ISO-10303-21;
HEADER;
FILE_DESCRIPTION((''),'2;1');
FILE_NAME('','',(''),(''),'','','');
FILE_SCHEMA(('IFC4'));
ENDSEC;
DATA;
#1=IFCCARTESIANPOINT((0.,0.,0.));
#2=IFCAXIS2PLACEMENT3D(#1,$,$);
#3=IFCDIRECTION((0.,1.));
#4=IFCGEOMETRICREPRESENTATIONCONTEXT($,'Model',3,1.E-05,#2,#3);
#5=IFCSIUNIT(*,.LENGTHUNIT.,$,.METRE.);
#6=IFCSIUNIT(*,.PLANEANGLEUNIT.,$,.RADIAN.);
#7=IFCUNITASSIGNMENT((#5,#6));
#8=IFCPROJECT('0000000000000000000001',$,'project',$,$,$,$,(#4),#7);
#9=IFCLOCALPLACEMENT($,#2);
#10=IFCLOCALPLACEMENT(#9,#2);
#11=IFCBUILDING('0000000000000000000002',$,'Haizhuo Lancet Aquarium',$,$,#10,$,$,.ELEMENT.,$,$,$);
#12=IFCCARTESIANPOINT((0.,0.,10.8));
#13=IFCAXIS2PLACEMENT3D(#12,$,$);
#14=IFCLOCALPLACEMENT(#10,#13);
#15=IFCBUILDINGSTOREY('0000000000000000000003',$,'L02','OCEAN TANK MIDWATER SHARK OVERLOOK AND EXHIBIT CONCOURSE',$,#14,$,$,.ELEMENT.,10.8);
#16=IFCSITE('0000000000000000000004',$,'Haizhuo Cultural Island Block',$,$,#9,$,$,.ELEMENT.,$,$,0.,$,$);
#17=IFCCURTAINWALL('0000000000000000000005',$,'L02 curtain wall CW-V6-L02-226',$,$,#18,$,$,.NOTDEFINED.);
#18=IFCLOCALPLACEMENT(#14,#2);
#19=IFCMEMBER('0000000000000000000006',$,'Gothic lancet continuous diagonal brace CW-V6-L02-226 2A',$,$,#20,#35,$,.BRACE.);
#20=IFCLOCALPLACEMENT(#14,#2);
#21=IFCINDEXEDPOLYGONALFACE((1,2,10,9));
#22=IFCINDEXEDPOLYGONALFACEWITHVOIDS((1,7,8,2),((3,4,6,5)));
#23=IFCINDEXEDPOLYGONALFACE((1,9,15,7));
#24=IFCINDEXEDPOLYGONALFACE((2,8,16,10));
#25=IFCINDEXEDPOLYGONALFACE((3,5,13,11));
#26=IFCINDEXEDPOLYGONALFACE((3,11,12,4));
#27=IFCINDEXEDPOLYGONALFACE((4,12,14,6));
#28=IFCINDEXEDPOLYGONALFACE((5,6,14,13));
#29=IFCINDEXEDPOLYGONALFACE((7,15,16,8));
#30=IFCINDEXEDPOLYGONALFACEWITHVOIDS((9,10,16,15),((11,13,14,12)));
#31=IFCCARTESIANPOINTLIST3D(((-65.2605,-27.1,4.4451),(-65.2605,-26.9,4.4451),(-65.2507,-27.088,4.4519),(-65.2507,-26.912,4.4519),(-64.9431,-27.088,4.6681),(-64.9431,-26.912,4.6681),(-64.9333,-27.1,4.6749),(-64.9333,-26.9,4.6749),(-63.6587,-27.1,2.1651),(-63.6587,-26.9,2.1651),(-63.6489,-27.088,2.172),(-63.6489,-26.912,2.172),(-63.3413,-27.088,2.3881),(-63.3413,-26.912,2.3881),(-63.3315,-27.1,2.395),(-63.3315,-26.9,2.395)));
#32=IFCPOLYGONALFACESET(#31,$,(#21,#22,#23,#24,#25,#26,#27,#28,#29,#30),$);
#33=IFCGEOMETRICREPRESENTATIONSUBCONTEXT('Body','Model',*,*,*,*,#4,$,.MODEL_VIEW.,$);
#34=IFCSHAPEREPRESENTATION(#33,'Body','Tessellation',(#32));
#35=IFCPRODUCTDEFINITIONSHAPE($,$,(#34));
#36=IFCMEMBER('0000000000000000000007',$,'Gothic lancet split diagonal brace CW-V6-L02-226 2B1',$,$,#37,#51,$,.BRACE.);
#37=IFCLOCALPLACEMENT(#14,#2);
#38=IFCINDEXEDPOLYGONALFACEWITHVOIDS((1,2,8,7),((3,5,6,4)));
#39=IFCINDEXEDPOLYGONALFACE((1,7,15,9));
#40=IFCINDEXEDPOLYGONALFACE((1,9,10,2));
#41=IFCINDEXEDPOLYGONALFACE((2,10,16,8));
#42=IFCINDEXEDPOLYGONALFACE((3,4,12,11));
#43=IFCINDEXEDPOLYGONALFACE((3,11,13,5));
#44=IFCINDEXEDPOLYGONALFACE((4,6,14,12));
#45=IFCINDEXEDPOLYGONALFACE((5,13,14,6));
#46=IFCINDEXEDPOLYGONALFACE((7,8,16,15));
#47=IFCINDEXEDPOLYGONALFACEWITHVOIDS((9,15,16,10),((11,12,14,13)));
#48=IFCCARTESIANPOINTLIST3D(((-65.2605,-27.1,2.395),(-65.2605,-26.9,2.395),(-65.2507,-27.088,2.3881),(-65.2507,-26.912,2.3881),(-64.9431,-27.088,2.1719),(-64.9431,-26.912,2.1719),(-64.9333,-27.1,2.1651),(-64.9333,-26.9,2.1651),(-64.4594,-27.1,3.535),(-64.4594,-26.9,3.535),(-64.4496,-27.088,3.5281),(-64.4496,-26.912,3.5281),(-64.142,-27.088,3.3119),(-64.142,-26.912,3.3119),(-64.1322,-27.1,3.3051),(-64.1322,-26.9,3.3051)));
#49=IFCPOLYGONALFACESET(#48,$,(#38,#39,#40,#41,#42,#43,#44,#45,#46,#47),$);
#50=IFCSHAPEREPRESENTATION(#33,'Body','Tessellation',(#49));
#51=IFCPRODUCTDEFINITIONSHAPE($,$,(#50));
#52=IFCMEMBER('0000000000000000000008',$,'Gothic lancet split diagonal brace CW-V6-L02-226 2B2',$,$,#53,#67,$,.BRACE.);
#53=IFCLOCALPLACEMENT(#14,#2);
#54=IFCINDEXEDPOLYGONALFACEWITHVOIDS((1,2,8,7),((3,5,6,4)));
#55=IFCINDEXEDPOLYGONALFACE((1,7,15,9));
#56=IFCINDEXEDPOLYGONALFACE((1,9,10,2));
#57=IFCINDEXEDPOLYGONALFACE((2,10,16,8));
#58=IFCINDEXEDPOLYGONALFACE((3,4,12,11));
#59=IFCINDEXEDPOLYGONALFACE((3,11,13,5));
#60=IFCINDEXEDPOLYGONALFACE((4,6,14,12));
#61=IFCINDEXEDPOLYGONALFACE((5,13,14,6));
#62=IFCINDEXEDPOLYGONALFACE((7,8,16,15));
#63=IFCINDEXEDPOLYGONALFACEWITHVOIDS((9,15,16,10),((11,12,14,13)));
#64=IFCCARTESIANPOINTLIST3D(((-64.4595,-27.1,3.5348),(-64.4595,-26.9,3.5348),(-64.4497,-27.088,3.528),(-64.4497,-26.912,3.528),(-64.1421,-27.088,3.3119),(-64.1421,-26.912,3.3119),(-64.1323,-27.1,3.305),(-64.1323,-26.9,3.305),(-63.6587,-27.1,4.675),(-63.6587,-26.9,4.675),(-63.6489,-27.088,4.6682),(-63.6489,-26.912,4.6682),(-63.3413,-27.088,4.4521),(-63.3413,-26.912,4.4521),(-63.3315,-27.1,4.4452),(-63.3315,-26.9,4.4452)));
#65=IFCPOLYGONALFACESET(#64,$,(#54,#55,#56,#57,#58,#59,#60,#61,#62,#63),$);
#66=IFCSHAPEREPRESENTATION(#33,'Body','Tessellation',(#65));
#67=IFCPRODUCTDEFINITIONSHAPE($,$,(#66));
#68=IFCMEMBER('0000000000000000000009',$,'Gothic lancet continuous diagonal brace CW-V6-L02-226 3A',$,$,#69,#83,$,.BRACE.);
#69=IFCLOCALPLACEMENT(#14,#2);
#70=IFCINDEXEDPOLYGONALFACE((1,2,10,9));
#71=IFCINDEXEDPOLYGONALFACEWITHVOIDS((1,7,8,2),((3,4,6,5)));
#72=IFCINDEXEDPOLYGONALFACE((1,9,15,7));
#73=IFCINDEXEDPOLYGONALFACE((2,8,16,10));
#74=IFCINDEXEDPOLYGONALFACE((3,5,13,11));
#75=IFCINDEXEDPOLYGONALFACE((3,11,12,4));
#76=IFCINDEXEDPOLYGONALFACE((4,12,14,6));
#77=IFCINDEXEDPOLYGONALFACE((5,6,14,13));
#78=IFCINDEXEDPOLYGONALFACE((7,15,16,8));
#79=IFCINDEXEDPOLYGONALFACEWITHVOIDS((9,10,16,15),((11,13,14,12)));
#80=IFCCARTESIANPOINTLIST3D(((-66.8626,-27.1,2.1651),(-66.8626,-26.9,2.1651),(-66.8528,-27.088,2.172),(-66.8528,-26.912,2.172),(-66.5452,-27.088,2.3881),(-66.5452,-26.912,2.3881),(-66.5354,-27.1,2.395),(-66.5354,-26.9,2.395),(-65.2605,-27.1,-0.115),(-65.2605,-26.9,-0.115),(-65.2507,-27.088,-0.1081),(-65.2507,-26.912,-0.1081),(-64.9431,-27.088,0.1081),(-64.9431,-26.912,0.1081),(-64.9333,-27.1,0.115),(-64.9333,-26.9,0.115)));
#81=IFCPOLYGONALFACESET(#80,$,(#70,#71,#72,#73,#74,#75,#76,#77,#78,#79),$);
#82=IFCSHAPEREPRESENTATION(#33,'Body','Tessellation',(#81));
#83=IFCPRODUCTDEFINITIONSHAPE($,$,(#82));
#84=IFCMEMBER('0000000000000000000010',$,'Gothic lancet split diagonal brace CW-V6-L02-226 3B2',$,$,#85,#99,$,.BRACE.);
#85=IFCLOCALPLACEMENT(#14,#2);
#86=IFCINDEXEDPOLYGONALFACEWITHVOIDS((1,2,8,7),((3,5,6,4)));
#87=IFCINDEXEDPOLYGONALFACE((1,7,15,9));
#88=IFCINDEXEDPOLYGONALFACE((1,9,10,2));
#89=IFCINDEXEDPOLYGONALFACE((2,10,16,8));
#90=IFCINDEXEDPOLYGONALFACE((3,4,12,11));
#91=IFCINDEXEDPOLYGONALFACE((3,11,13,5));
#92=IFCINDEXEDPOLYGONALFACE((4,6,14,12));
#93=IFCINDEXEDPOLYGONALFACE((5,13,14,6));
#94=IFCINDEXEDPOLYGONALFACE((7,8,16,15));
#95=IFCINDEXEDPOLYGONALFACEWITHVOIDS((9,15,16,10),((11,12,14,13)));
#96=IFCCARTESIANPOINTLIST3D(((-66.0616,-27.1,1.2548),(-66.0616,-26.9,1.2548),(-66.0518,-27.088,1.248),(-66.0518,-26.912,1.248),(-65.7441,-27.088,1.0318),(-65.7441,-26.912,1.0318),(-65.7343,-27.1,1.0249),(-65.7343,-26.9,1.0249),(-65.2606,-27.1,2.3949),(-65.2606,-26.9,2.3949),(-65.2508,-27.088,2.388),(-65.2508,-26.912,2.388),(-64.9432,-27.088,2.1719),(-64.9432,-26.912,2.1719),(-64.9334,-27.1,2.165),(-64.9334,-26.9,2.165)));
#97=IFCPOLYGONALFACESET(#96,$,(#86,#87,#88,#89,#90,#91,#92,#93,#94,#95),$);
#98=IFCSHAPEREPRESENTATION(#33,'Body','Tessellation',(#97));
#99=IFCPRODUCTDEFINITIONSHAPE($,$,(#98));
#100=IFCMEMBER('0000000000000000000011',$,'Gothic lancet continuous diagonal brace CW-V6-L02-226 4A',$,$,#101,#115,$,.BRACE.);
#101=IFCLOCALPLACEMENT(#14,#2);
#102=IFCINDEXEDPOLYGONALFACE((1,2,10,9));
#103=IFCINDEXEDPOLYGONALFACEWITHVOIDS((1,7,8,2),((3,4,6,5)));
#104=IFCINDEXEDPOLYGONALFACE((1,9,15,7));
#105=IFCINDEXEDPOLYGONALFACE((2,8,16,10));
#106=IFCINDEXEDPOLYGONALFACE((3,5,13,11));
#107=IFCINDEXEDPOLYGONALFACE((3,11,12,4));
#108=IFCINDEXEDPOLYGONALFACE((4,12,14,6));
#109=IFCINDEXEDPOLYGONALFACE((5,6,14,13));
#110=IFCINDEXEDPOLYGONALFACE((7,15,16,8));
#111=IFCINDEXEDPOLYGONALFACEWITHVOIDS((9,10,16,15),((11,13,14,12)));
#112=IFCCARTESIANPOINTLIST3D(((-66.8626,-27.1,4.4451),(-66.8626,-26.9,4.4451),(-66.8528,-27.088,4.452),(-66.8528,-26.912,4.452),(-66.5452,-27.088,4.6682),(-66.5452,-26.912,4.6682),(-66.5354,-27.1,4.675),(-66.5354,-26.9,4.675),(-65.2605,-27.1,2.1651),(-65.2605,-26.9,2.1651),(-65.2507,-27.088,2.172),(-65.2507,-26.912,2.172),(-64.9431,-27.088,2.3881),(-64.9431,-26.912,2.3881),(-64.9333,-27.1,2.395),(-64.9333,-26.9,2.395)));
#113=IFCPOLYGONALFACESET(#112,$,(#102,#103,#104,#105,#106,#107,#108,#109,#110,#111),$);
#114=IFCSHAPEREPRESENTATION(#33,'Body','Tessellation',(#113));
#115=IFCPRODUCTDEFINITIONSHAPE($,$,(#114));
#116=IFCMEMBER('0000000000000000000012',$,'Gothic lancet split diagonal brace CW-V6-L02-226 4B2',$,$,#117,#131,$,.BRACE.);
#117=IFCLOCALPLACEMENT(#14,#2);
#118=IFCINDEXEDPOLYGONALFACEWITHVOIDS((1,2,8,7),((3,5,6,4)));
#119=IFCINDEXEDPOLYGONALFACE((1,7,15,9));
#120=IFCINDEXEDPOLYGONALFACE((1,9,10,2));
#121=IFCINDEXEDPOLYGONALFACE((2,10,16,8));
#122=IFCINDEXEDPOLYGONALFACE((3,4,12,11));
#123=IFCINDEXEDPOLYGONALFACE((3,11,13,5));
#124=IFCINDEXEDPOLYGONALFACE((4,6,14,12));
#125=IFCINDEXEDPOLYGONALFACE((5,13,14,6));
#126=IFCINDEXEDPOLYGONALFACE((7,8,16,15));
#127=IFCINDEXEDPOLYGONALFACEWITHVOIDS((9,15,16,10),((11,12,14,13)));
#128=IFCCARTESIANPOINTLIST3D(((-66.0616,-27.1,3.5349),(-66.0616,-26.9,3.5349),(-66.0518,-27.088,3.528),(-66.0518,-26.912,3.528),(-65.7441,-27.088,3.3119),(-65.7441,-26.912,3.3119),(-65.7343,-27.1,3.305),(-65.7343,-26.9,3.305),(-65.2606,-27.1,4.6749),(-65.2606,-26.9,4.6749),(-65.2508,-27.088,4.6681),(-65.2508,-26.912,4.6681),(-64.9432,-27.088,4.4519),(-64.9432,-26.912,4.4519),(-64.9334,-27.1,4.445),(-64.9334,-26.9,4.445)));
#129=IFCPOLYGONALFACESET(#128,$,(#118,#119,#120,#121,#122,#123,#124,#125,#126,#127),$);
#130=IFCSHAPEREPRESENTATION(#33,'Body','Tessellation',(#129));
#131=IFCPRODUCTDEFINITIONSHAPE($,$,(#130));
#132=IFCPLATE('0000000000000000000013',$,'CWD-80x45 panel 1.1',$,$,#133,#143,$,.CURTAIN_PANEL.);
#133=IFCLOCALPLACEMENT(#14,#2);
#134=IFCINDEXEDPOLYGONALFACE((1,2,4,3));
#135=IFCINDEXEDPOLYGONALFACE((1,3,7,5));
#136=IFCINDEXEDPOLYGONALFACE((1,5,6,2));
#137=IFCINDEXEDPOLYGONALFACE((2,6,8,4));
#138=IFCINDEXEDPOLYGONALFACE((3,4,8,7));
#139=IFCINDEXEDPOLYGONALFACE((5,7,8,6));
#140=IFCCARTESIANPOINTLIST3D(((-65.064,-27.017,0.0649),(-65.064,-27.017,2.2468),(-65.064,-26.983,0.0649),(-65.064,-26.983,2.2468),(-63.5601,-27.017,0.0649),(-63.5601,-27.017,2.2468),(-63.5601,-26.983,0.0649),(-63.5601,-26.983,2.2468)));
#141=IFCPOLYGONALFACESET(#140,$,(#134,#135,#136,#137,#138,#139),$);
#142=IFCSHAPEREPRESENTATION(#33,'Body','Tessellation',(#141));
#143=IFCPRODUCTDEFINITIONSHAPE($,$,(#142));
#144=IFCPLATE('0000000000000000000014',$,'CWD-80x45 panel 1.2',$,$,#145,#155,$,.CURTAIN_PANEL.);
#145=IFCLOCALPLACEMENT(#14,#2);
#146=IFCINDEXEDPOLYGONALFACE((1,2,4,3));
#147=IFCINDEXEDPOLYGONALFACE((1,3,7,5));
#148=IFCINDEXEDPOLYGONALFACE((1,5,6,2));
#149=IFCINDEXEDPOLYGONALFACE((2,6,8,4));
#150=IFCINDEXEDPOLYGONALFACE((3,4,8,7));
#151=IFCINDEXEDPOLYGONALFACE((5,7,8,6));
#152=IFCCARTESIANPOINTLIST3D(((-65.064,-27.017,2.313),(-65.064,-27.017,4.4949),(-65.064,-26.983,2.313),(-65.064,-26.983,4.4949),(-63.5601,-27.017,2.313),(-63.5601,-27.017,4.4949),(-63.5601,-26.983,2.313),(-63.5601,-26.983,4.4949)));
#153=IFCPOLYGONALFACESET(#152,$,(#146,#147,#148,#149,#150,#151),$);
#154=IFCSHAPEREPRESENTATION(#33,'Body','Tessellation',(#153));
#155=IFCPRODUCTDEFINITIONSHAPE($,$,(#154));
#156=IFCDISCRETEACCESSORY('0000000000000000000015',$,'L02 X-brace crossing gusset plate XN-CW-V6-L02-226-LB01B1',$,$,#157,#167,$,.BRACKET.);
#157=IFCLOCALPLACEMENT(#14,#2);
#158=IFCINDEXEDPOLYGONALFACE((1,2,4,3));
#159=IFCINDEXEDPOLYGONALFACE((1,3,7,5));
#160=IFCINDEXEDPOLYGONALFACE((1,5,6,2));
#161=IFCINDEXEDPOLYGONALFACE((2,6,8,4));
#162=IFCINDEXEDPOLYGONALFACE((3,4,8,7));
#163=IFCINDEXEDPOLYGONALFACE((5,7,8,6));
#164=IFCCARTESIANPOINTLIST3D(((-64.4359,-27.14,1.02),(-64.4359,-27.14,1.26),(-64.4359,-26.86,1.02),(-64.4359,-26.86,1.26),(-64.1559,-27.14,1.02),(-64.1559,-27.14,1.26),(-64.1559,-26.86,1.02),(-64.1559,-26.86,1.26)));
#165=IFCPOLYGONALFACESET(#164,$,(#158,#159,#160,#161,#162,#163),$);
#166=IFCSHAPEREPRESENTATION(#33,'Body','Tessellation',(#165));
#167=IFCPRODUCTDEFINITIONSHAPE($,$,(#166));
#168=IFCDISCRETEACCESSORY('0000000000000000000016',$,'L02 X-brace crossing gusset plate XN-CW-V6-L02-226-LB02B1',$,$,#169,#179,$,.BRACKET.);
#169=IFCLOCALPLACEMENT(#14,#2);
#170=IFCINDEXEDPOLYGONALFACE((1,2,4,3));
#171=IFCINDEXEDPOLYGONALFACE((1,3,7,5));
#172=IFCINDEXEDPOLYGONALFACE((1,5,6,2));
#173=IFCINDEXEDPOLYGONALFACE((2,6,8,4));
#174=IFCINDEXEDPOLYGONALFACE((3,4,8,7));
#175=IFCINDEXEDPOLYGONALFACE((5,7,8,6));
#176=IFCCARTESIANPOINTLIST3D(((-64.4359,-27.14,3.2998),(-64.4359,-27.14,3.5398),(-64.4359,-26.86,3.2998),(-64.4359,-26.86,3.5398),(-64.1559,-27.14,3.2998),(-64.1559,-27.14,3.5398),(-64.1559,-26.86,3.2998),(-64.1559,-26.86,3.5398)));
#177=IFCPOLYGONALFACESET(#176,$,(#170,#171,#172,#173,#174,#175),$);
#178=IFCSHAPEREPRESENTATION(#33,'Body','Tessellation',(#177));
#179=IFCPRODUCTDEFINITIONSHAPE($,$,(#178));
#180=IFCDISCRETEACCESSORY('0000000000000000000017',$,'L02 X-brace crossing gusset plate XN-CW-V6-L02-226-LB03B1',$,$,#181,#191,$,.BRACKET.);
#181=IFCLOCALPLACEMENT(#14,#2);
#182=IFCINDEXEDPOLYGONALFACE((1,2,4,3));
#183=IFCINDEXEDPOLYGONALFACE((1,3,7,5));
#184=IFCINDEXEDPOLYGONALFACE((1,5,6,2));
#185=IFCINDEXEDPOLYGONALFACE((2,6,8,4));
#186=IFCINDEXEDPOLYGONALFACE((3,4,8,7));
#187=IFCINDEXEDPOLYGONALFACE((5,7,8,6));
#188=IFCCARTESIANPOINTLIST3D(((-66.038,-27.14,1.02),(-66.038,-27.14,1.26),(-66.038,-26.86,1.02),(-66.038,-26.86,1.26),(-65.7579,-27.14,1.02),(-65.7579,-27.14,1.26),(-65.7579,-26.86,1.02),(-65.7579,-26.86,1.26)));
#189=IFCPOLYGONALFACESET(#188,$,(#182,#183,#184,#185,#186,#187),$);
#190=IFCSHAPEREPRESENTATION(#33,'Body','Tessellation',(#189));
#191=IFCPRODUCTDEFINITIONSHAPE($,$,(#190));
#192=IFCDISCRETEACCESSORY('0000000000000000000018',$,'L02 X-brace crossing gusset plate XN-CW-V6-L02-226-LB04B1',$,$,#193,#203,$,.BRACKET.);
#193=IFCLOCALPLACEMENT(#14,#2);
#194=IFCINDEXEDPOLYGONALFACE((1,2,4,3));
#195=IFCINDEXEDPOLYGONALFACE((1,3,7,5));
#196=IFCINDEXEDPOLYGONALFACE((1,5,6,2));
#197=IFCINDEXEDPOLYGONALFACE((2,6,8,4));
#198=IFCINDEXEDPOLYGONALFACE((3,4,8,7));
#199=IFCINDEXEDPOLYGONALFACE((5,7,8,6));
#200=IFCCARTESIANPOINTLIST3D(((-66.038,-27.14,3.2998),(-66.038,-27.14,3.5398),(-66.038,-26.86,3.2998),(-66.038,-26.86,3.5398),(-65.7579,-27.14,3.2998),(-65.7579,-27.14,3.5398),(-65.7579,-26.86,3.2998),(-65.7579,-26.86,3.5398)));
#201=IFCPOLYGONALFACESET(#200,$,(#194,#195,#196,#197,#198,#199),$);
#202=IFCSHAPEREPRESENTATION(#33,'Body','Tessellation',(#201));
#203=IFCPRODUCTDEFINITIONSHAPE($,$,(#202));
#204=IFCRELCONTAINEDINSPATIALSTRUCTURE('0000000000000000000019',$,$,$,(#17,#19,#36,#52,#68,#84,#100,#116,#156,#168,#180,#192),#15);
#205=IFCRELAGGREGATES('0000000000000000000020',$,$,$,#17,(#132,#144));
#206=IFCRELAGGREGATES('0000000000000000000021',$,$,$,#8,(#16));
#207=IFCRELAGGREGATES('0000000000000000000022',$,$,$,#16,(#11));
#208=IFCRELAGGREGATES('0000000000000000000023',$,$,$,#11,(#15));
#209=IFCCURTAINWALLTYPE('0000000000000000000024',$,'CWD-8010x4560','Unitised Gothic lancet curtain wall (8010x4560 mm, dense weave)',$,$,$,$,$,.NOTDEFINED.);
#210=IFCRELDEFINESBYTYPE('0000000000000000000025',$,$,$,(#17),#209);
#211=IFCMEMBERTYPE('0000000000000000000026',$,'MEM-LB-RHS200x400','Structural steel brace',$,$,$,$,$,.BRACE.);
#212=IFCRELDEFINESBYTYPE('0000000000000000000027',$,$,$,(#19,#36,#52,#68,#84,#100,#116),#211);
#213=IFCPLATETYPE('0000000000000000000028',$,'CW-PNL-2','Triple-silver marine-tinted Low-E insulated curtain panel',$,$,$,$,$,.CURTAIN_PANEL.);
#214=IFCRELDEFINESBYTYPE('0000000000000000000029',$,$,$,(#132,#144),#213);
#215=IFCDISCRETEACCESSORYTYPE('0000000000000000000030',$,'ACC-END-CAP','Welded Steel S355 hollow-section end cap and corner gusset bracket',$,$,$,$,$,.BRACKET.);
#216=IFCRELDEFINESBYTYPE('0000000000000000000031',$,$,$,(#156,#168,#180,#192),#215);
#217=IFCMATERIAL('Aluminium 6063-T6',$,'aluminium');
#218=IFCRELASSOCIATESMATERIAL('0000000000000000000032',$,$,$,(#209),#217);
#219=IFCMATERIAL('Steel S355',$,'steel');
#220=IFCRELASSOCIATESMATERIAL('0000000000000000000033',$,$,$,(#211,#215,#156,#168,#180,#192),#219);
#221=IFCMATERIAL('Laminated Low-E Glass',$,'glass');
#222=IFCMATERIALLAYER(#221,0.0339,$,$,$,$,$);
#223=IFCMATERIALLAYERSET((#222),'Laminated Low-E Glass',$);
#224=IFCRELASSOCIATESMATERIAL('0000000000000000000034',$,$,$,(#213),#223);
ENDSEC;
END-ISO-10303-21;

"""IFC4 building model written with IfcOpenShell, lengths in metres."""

from ifc_helpers import new_model, si_unit, direction, frame, origin, origin_2d, place, context, subcontext, project, spatial, rectangle, hollow_rectangle, extrude, material, layer, layer_set, material_profile, profile_set, type_object, element, aggregate, save


model = new_model("IFC4")

# Units and contexts
model_context = context("Model", 3, precision=1e-05, world=origin(), true_north=direction((0.0, 1.0)))
body_context = subcontext(model_context, "Body", "Model", "MODEL_VIEW")
ifc_project = project(units=[si_unit("LENGTHUNIT", "METRE"), si_unit("PLANEANGLEUNIT", "RADIAN")], contexts=[model_context])

# Site, building, storey
site_placement = place(None, origin())
site = spatial("IfcSite", under=ifc_project, at=site_placement, Name="Haizhuo Cultural Island Block", CompositionType="ELEMENT", RefElevation=0.0)
building_placement = place(site_placement, origin())
building = spatial("IfcBuilding", under=site, at=building_placement, Name="Haizhuo Lancet Aquarium", CompositionType="ELEMENT")
storey_placement = place(building_placement, frame((0.0, 0.0, 10.8)))
storey = spatial("IfcBuildingStorey", under=building, at=storey_placement, Name="L02", Description="OCEAN TANK MIDWATER SHARK OVERLOOK AND EXHIBIT CONCOURSE", CompositionType="ELEMENT", Elevation=10.8)

# Curtain wall
ifc_material_1 = material(Name="Aluminium 6063-T6", Category="aluminium")
curtain_wall_type = type_object("IfcCurtainWallType", Name="CWD-8010x4560", Description="Unitised Gothic lancet curtain wall (8010x4560 mm, dense weave)", PredefinedType="NOTDEFINED", material=ifc_material_1)
curtain_wall_placement = place(storey_placement, origin())
curtain_wall = element("IfcCurtainWall", 1, at=curtain_wall_placement, inside=storey, type_object=curtain_wall_type, Name="L02 curtain wall CW-V6-L02-226", PredefinedType="NOTDEFINED")

# Members
ifc_material_2 = material(Name="Steel S355", Category="steel")
ifc_material_profile_1 = material_profile(ifc_material_2, hollow_rectangle(XDim=0.2, YDim=0.3999, WallThickness=0.012, at=origin_2d()), Name="RHS 200x400x12")
ifc_profile_set_1 = profile_set([ifc_material_profile_1], Name="Steel S355")
member_type_1 = type_object("IfcMemberType", Name="MEM-LB-RHS200x400", Description="Structural steel brace", PredefinedType="BRACE", material=ifc_profile_set_1)
member_1_placement = place(storey_placement, frame((-63.4951, -27.0, 2.28), z_axis=(-0.574855, 0.0, 0.818255), x_axis=(0.0, -1.0, 0.0)))
element("IfcMember", 2, at=member_1_placement, inside=storey, type_object=member_type_1, Name="Gothic lancet continuous diagonal brace CW-V6-L02-226 2A", PredefinedType="BRACE", context=body_context, shape_type="SweptSolid", body=[
    extrude(hollow_rectangle(XDim=0.2, YDim=0.3999, WallThickness=0.012, at=origin_2d()), origin(), (0.0, 0.0, 1.0), 2.7864),
])
for number, where, z_axis, x_axis, name in (
    (3, (-65.0969, -27.0, 2.28), (0.574955, 0.0, 0.818185), (0.0, 1.0, 0.0), "Gothic lancet split diagonal brace CW-V6-L02-226 2B1"),
    (4, (-64.2959, -27.0, 3.4199), (0.574755, 0.0, 0.818325), (0.0, 1.0, 0.0), "Gothic lancet split diagonal brace CW-V6-L02-226 2B2"),
):
    element("IfcMember", number, at=place(storey_placement, frame(where, z_axis=z_axis, x_axis=x_axis)), inside=storey, type_object=member_type_1, Name=name, PredefinedType="BRACE", context=body_context, shape_type="SweptSolid", body=[
        extrude(hollow_rectangle(XDim=0.2, YDim=0.3999, WallThickness=0.012, at=origin_2d()), origin(), (0.0, 0.0, 1.0), 1.3933),
    ])
member_2_placement = place(storey_placement, frame((-65.0969, -27.0, 0.0), z_axis=(-0.574914, 0.0, 0.818214), x_axis=(0.0, -1.0, 0.0)))
element("IfcMember", 5, at=member_2_placement, inside=storey, type_object=member_type_1, Name="Gothic lancet continuous diagonal brace CW-V6-L02-226 3A", PredefinedType="BRACE", context=body_context, shape_type="SweptSolid", body=[
    extrude(hollow_rectangle(XDim=0.2, YDim=0.3999, WallThickness=0.012, at=origin_2d()), origin(), (0.0, 0.0, 1.0), 2.7866),
])
member_3_placement = place(storey_placement, frame((-65.8979, -27.0, 1.1399), z_axis=(0.574873, 0.0, 0.818243), x_axis=(0.0, 1.0, 0.0)))
element("IfcMember", 6, at=member_3_placement, inside=storey, type_object=member_type_1, Name="Gothic lancet split diagonal brace CW-V6-L02-226 3B2", PredefinedType="BRACE", context=body_context, shape_type="SweptSolid", body=[
    extrude(hollow_rectangle(XDim=0.2, YDim=0.3999, WallThickness=0.012, at=origin_2d()), origin(), (0.0, 0.0, 1.0), 1.3933),
])
member_4_placement = place(storey_placement, frame((-65.0969, -27.0, 2.28), z_axis=(-0.574914, 0.0, 0.818214), x_axis=(0.0, -1.0, 0.0)))
element("IfcMember", 7, at=member_4_placement, inside=storey, type_object=member_type_1, Name="Gothic lancet continuous diagonal brace CW-V6-L02-226 4A", PredefinedType="BRACE", context=body_context, shape_type="SweptSolid", body=[
    extrude(hollow_rectangle(XDim=0.2, YDim=0.3999, WallThickness=0.012, at=origin_2d()), origin(), (0.0, 0.0, 1.0), 2.7866),
])
member_5_placement = place(storey_placement, frame((-65.8979, -27.0, 3.4199), z_axis=(0.574873, 0.0, 0.818243), x_axis=(0.0, 1.0, 0.0)))
element("IfcMember", 8, at=member_5_placement, inside=storey, type_object=member_type_1, Name="Gothic lancet split diagonal brace CW-V6-L02-226 4B2", PredefinedType="BRACE", context=body_context, shape_type="SweptSolid", body=[
    extrude(hollow_rectangle(XDim=0.2, YDim=0.3999, WallThickness=0.012, at=origin_2d()), origin(), (0.0, 0.0, 1.0), 1.3933),
])

# Plates
ifc_material_3 = material(Name="Laminated Low-E Glass", Category="glass")
ifc_layer = layer(ifc_material_3, 0.0339)
ifc_layer_set = layer_set([ifc_layer], Name="Laminated Low-E Glass")
plate_type = type_object("IfcPlateType", Name="CW-PNL-2", Description="Triple-silver marine-tinted Low-E insulated curtain panel", PredefinedType="CURTAIN_PANEL", material=ifc_layer_set)
plate_1_placement = place(storey_placement, frame((-64.312, -27.0, 0.0649), z_axis=(0.0, 0.0, 1.0), x_axis=(-1.0, 0.0, 0.0)))
plate_1 = element("IfcPlate", 9, at=plate_1_placement, type_object=plate_type, Name="CWD-80x45 panel 1.1", PredefinedType="CURTAIN_PANEL", context=body_context, shape_type="SweptSolid", body=[
    extrude(rectangle(XDim=1.5039, YDim=0.0339, at=origin_2d()), origin(), (0.0, 0.0, 1.0), 2.1819),
])
plate_2_placement = place(storey_placement, frame((-64.312, -27.0, 2.313), z_axis=(0.0, 0.0, 1.0), x_axis=(-1.0, 0.0, 0.0)))
plate_2 = element("IfcPlate", 10, at=plate_2_placement, type_object=plate_type, Name="CWD-80x45 panel 1.2", PredefinedType="CURTAIN_PANEL", context=body_context, shape_type="SweptSolid", body=[
    extrude(rectangle(XDim=1.5039, YDim=0.0339, at=origin_2d()), origin(), (0.0, 0.0, 1.0), 2.1819),
])
aggregate(curtain_wall, [plate_1, plate_2])

# Discrete accessories
discrete_accessory_type = type_object("IfcDiscreteAccessoryType", Name="ACC-END-CAP", Description="Welded Steel S355 hollow-section end cap and corner gusset bracket", PredefinedType="BRACKET", material=ifc_material_2)
for number, where, z_axis, x_axis, name in (
    (11, (-64.2959, -27.0, 1.02), (0.0, 0.0, 1.0), (1.0, 0.0, 0.0), "L02 X-brace crossing gusset plate XN-CW-V6-L02-226-LB01B1"),
    (12, (-64.2959, -27.0, 3.2998), (0.0, 0.0, 1.0), (1.0, 0.0, 0.0), "L02 X-brace crossing gusset plate XN-CW-V6-L02-226-LB02B1"),
    (13, (-65.8979, -27.0, 1.02), (0.0, 0.0, 1.0), (1.0, 0.0, 0.0), "L02 X-brace crossing gusset plate XN-CW-V6-L02-226-LB03B1"),
    (14, (-65.8979, -27.0, 3.2998), (0.0, 0.0, 1.0), (1.0, 0.0, 0.0), "L02 X-brace crossing gusset plate XN-CW-V6-L02-226-LB04B1"),
):
    element("IfcDiscreteAccessory", number, at=place(storey_placement, frame(where, z_axis=z_axis, x_axis=x_axis)), inside=storey, type_object=discrete_accessory_type, material=ifc_material_2, Name=name, PredefinedType="BRACKET", context=body_context, shape_type="SweptSolid", body=[
        extrude(rectangle(XDim=0.28, YDim=0.28, at=origin_2d()), origin(), (0.0, 0.0, 1.0), 0.24),
    ])

save(model, "model.ifc")
